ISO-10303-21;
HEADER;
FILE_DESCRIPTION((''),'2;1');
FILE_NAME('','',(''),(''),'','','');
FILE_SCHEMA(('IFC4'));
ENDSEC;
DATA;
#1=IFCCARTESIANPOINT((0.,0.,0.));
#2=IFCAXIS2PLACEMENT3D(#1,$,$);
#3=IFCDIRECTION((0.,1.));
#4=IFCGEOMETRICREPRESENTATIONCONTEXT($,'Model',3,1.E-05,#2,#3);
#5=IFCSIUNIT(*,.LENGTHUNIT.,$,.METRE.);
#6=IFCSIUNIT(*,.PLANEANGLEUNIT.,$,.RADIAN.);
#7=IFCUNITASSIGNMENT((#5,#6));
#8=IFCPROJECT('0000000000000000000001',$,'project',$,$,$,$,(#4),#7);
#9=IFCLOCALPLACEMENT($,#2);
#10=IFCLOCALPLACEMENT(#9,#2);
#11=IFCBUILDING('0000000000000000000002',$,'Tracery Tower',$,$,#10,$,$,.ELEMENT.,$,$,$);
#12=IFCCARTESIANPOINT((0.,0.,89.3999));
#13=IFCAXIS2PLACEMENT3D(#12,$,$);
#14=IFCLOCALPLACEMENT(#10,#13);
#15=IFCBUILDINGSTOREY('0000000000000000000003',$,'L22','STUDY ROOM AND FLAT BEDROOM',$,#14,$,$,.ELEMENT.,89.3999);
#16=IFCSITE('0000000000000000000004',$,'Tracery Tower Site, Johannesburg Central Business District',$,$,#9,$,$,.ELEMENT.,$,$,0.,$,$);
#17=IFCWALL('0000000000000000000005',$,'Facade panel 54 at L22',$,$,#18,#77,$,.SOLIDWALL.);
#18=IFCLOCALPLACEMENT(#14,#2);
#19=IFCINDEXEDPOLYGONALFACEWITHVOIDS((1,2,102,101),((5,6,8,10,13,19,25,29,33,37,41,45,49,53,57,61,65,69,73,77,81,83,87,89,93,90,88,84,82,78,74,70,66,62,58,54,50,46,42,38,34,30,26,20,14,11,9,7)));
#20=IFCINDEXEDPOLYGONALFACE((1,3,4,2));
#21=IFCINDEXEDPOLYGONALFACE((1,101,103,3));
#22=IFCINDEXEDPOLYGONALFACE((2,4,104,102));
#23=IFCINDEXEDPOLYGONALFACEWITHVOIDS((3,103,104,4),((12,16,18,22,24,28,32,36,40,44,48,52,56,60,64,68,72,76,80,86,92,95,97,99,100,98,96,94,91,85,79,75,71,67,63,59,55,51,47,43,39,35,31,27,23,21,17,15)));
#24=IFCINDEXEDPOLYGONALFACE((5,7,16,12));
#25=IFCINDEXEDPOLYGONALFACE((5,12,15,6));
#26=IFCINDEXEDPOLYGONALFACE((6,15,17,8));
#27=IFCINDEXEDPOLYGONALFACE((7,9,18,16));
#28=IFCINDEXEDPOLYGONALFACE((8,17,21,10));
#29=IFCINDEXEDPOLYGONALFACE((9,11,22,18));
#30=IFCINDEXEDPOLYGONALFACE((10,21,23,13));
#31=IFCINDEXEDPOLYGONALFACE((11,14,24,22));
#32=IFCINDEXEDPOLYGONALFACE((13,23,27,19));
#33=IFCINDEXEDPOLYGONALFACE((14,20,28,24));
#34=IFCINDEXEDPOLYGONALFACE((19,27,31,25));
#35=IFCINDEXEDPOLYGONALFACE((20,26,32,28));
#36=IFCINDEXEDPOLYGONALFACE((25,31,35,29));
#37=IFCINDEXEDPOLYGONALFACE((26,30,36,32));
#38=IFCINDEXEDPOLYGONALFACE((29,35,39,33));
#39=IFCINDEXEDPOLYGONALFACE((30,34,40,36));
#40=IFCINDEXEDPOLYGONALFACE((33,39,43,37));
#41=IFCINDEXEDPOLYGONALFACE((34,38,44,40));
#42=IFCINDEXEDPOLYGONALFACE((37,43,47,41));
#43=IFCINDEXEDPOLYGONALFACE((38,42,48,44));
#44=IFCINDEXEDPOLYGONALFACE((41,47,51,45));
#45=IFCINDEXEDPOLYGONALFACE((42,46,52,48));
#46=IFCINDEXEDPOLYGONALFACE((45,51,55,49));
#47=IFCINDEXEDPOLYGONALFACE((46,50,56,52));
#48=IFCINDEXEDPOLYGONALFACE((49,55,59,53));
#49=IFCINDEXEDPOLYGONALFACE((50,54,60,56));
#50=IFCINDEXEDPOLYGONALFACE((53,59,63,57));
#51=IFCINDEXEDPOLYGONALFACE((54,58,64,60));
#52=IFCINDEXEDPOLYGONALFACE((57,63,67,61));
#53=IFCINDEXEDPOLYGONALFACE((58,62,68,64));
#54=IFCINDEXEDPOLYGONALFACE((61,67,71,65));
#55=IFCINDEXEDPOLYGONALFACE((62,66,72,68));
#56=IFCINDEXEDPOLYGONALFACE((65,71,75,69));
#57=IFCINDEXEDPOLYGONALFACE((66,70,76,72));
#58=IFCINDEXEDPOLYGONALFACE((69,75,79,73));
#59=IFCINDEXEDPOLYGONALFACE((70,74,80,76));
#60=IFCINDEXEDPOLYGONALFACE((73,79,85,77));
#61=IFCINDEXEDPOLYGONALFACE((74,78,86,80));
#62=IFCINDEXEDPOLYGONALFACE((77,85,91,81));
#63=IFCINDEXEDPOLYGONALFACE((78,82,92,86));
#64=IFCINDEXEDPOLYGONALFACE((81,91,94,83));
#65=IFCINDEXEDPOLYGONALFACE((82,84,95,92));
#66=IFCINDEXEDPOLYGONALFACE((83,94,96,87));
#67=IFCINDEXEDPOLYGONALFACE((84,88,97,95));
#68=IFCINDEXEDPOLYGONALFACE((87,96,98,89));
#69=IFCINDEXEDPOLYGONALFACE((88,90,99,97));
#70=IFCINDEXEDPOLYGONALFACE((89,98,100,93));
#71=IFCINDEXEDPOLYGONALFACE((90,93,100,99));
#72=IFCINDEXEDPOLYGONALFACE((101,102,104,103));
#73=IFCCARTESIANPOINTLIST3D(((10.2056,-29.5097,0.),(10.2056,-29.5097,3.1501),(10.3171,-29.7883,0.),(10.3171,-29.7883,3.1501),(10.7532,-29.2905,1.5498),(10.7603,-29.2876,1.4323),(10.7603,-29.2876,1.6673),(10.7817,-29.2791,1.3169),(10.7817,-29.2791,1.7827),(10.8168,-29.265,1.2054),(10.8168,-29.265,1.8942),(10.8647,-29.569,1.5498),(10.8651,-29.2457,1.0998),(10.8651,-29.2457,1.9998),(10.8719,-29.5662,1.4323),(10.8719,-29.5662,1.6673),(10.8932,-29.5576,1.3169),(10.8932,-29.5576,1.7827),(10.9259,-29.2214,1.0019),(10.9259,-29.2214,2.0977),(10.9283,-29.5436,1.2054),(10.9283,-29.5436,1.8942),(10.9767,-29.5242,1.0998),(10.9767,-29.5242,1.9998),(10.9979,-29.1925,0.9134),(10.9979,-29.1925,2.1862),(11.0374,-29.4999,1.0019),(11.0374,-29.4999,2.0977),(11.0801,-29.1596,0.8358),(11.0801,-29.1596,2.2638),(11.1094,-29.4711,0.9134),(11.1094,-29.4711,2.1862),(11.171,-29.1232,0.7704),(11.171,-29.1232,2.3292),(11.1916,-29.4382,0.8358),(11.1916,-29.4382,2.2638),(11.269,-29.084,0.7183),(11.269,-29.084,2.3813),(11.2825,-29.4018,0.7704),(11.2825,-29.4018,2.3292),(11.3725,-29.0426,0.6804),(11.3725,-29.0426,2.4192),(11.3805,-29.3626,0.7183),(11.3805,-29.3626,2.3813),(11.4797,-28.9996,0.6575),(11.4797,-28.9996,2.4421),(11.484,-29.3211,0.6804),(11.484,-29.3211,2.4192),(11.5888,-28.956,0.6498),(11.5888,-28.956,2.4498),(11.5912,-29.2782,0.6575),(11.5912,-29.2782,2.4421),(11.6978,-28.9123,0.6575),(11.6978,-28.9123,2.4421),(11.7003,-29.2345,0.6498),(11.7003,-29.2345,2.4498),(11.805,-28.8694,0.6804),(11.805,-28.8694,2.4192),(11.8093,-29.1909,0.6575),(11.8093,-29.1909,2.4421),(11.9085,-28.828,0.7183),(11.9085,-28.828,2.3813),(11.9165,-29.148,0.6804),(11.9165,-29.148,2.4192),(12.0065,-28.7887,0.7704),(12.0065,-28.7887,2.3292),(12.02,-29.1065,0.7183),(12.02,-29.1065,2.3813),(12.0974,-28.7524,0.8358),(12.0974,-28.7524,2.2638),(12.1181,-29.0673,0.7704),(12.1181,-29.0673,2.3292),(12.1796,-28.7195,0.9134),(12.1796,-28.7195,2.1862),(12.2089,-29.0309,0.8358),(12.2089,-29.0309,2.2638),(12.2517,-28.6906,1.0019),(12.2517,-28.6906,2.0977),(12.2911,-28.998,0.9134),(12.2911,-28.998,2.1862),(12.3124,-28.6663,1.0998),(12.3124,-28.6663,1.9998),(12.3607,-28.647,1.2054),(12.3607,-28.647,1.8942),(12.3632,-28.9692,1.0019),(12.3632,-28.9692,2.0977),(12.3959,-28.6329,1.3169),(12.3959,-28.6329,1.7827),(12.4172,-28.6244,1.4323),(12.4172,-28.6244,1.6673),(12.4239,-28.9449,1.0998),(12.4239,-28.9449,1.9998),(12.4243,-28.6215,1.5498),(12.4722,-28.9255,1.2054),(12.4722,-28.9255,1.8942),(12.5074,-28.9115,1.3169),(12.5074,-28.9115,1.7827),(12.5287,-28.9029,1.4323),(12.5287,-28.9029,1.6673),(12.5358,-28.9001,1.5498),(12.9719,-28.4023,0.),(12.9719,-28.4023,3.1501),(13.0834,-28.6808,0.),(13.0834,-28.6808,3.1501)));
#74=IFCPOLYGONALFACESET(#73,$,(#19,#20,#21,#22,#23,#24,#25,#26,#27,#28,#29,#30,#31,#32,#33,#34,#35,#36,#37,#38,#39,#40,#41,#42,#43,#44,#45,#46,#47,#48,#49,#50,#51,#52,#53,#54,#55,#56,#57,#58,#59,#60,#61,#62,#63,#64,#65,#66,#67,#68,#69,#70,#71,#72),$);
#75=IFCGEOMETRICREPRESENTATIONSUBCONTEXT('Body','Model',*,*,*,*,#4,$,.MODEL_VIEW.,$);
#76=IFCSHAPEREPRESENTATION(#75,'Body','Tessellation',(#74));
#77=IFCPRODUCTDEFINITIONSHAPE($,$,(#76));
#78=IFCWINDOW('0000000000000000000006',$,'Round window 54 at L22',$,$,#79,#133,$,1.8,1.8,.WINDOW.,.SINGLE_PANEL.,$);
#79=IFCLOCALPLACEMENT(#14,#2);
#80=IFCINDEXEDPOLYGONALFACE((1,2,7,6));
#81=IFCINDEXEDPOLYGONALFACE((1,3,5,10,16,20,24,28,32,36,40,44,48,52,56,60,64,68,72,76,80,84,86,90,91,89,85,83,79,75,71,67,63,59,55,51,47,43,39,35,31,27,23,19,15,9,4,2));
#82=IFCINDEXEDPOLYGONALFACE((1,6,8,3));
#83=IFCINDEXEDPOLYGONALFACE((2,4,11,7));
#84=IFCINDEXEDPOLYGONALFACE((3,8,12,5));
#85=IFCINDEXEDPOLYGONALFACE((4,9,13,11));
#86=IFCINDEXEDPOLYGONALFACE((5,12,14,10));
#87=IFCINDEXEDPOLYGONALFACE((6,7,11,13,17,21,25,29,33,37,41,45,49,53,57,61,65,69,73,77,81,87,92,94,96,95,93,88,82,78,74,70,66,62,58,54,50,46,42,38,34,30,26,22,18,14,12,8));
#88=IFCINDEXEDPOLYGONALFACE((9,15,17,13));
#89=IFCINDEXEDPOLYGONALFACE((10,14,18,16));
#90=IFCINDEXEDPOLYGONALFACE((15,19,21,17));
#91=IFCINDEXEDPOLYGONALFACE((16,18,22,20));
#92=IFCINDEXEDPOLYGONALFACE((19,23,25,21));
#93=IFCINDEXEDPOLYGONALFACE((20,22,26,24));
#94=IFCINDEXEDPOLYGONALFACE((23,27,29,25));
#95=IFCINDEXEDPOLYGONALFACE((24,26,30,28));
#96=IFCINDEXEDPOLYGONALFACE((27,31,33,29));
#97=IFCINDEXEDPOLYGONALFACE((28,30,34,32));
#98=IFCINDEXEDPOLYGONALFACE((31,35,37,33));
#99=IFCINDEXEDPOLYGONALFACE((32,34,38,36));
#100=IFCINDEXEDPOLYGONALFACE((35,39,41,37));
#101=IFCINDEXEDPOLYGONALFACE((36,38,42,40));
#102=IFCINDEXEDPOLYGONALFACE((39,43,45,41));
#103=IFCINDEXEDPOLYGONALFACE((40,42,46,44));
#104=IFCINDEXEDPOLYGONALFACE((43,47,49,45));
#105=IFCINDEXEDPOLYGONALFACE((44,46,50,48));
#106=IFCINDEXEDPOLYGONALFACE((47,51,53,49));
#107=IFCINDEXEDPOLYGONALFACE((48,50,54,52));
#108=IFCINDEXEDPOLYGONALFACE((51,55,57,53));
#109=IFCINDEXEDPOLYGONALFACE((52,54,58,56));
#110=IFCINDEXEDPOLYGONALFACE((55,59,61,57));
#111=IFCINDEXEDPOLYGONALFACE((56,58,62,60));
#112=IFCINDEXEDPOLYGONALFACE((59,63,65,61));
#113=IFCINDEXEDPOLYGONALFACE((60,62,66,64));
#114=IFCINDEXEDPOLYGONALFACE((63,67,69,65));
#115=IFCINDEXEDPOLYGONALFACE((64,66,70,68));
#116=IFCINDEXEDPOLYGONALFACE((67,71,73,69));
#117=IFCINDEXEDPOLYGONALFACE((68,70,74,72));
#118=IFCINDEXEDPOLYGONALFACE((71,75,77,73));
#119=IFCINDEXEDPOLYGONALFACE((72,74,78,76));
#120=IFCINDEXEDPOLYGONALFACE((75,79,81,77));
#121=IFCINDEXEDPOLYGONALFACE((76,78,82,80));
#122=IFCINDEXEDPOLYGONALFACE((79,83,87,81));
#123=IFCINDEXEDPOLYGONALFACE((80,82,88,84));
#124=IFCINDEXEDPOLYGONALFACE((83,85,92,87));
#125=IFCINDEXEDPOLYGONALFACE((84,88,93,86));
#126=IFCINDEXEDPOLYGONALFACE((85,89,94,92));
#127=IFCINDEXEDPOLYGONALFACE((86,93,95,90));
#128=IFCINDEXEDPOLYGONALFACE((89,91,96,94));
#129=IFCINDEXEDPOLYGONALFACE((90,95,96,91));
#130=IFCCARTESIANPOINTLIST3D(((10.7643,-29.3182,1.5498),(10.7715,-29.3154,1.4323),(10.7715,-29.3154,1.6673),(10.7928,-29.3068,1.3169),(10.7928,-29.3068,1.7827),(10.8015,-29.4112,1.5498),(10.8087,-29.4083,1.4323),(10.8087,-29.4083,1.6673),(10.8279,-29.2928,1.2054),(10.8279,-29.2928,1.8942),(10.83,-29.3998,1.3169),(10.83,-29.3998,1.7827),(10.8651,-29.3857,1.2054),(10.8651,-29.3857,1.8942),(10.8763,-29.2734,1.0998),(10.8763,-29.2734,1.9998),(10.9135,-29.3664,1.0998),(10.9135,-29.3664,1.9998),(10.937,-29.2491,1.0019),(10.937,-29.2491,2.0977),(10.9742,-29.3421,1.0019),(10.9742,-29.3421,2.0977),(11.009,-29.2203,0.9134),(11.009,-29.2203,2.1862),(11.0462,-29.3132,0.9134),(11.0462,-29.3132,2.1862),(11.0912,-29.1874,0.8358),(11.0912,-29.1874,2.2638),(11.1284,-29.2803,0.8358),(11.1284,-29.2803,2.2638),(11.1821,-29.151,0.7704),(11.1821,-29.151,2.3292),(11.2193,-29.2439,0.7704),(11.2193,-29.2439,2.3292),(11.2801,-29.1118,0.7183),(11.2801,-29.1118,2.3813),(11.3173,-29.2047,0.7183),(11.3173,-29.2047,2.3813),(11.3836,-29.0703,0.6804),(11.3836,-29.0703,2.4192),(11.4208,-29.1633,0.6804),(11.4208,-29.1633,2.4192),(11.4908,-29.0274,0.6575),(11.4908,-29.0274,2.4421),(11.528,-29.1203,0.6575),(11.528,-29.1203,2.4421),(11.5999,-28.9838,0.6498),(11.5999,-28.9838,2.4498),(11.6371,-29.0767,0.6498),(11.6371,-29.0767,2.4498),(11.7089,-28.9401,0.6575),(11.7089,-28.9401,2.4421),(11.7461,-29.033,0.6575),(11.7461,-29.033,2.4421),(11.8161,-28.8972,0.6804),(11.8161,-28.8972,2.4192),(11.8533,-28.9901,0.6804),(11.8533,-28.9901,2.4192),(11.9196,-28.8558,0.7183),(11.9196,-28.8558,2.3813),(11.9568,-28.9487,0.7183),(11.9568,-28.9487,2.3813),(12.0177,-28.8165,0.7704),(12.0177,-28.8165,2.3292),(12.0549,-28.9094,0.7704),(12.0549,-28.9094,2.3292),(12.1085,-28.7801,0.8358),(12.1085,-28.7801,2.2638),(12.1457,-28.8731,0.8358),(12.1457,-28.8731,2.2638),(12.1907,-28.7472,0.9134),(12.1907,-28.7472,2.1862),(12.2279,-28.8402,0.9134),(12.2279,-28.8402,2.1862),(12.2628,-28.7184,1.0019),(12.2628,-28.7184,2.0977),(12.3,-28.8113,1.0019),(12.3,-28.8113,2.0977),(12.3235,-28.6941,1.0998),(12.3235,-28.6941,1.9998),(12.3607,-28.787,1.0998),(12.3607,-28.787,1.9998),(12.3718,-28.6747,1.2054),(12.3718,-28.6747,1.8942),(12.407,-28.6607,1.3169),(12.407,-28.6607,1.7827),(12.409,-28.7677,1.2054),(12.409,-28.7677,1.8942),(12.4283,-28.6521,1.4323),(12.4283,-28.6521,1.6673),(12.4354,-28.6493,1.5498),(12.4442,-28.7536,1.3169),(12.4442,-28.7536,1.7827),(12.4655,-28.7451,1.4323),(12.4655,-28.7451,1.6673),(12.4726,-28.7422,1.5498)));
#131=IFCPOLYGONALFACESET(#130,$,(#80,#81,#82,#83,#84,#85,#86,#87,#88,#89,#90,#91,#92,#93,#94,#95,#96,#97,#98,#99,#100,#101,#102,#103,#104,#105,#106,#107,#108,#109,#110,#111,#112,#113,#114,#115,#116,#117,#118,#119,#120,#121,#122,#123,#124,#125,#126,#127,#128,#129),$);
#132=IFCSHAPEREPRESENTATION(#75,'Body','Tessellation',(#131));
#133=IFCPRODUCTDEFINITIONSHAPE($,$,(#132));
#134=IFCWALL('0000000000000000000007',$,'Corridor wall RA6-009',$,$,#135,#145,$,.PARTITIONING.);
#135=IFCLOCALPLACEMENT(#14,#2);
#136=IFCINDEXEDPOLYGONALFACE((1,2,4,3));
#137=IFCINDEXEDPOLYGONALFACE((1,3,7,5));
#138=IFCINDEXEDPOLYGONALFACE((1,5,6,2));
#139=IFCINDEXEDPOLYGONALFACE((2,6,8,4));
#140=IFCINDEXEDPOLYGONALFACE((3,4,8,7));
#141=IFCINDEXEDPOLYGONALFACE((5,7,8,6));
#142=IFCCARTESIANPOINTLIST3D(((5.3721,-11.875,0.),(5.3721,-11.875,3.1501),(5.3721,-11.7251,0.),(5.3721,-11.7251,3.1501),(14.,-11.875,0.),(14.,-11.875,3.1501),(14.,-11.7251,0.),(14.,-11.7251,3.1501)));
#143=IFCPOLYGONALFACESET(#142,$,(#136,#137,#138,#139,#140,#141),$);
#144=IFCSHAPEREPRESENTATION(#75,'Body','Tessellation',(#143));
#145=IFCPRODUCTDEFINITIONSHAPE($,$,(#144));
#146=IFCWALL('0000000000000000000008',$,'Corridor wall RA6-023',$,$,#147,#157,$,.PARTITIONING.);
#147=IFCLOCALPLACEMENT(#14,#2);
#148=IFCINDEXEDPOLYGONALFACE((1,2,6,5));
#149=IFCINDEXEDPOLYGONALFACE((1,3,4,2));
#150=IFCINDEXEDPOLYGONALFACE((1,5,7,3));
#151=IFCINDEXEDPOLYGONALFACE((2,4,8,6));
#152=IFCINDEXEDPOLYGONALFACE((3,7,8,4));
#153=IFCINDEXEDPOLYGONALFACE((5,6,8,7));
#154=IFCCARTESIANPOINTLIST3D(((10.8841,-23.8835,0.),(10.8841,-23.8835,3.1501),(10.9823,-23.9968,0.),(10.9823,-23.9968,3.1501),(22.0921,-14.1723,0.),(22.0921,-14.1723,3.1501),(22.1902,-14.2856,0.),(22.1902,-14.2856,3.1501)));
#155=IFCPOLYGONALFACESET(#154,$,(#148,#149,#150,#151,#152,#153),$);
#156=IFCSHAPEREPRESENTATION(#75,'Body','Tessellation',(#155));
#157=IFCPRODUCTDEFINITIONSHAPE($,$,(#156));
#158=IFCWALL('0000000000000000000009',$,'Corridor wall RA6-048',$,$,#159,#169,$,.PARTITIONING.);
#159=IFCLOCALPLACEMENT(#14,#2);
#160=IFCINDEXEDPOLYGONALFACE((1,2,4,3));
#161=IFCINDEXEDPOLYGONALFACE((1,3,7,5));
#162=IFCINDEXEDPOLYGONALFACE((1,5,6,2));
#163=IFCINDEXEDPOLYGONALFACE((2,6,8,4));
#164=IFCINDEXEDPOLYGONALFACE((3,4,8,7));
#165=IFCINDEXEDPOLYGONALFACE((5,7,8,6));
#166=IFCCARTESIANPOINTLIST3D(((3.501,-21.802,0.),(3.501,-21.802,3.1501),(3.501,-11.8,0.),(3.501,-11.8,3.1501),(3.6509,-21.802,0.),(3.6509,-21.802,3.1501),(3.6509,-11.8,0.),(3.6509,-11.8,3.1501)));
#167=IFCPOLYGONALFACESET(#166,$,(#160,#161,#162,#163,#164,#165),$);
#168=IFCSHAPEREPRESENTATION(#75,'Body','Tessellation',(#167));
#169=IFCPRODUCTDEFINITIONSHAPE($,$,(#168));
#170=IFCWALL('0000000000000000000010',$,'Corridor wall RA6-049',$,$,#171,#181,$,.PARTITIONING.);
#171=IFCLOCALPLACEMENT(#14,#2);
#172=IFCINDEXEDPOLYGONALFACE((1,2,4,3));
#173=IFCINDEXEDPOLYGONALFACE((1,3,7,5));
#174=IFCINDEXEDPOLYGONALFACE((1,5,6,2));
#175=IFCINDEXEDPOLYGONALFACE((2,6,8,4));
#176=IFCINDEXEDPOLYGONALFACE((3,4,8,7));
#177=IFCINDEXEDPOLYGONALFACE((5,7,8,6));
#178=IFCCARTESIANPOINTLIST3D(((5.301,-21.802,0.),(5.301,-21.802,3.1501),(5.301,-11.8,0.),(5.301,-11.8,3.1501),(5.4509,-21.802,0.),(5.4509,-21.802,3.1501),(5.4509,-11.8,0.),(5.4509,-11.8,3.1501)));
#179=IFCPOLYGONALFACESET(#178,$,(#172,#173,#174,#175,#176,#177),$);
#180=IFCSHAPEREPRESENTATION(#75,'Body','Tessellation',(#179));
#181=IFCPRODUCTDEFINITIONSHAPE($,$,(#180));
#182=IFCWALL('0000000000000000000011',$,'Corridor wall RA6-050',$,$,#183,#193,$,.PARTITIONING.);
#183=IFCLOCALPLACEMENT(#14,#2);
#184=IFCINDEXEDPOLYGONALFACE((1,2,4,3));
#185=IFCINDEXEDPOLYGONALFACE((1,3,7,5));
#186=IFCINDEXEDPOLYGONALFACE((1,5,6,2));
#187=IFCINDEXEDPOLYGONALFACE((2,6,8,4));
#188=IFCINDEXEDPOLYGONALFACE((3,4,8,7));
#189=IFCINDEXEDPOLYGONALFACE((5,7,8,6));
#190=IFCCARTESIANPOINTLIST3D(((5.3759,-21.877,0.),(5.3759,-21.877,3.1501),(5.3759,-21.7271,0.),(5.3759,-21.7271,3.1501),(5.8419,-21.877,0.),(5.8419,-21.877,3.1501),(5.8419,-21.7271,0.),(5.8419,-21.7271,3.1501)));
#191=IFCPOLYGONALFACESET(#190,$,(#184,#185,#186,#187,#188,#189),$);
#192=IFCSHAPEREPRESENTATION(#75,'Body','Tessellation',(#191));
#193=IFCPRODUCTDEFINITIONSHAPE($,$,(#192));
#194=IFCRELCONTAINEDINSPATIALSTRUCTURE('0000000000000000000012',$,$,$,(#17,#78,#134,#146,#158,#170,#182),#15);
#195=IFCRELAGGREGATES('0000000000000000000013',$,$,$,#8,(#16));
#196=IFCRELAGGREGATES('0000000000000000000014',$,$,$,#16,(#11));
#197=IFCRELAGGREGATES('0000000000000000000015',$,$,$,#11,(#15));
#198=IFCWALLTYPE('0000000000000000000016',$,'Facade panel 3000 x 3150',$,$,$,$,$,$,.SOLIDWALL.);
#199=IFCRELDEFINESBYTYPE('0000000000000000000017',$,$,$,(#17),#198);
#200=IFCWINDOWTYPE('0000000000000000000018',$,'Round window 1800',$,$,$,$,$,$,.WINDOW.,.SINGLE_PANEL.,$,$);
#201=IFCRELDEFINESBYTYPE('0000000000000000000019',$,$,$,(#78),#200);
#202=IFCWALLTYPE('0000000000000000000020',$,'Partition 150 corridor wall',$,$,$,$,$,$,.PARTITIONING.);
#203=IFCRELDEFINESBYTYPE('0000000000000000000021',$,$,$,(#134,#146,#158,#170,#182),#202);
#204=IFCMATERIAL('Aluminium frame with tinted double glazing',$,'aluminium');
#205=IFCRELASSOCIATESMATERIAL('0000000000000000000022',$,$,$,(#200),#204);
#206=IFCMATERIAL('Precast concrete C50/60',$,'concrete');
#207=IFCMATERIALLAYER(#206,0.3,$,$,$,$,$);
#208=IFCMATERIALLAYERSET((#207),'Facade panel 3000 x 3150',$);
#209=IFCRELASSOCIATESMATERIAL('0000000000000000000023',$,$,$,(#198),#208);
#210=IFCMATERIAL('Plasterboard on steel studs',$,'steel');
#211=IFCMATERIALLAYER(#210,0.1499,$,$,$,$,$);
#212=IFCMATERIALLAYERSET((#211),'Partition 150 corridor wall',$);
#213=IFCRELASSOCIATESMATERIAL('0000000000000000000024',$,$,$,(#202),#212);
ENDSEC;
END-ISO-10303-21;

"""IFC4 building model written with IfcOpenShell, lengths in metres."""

from ifc_helpers import new_model, si_unit, direction, frame, frame_2d, origin, origin_2d, place, context, subcontext, project, spatial, rectangle, circle, extrude, material, layer, layer_set, type_object, element, fill, save


model = new_model("IFC4")

# Units and contexts
model_context = context("Model", 3, precision=1e-05, world=origin(), true_north=direction((0.0, 1.0)))
body_context = subcontext(model_context, "Body", "Model", "MODEL_VIEW")
ifc_project = project(units=[si_unit("LENGTHUNIT", "METRE"), si_unit("PLANEANGLEUNIT", "RADIAN")], contexts=[model_context])

# Site, building, storey
site_placement = place(None, origin())
site = spatial("IfcSite", under=ifc_project, at=site_placement, Name="Tracery Tower Site, Johannesburg Central Business District", CompositionType="ELEMENT", RefElevation=0.0)
building_placement = place(site_placement, origin())
building = spatial("IfcBuilding", under=site, at=building_placement, Name="Tracery Tower", CompositionType="ELEMENT")
storey_placement = place(building_placement, frame((0.0, 0.0, 89.3999)))
storey = spatial("IfcBuildingStorey", under=building, at=storey_placement, Name="L22", Description="STUDY ROOM AND FLAT BEDROOM", CompositionType="ELEMENT", Elevation=89.3999)

# Wall, opening, window
ifc_material_1 = material(Name="Aluminium frame with tinted double glazing", Category="aluminium")
window_type = type_object("IfcWindowType", Name="Round window 1800", PartitioningType="SINGLE_PANEL", PredefinedType="WINDOW", material=ifc_material_1)
ifc_material_2 = material(Name="Precast concrete C50/60", Category="concrete")
ifc_layer_1 = layer(ifc_material_2, 0.3)
ifc_layer_set_1 = layer_set([ifc_layer_1], Name="Facade panel 3000 x 3150")
wall_type_1 = type_object("IfcWallType", Name="Facade panel 3000 x 3150", PredefinedType="SOLIDWALL", material=ifc_layer_set_1)
wall_1_placement = place(storey_placement, frame((10.2615, -29.6489, 0.0), z_axis=(0.0, 0.0, 1.0), x_axis=(0.928375, 0.371645, 0.0)))
wall_1 = element("IfcWall", 1, at=wall_1_placement, inside=storey, type_object=wall_type_1, Name="Facade panel 54 at L22", PredefinedType="SOLIDWALL", context=body_context, shape_type="SweptSolid", body=[
    extrude(rectangle(XDim=2.9797, YDim=0.3, at=frame_2d((1.4897, 0.0))), origin(), (0.0, 0.0, 1.0), 3.1501),
])
opening_1_placement = place(wall_1_placement, frame((1.4897, 0.0, 1.5498)))
opening_1 = element("IfcOpeningElement", 2, at=opening_1_placement, cuts=wall_1, PredefinedType="OPENING", context=body_context, shape_type="SweptSolid", body=[
    extrude(circle(Radius=0.9, at=origin_2d()), frame((0.0, 0.1599, 0.0), z_axis=(0.0, -1.0, 0.0), x_axis=(1.0, 0.0, 0.0)), (0.0, 0.0, 1.0), 0.3201),
])
window_1_placement = place(opening_1_placement, origin())
window_1 = element("IfcWindow", 3, at=window_1_placement, inside=storey, type_object=window_type, Name="Round window 54 at L22", OverallHeight=1.8, OverallWidth=1.8, PartitioningType="SINGLE_PANEL", PredefinedType="WINDOW", context=body_context, shape_type="SweptSolid", body=[
    extrude(circle(Radius=0.9, at=origin_2d()), frame((0.0, 0.1201, 0.0), z_axis=(0.0, -1.0, 0.0), x_axis=(1.0, 0.0, 0.0)), (0.0, 0.0, 1.0), 0.1001),
])
fill(opening_1, window_1)

# Walls
ifc_material_3 = material(Name="Plasterboard on steel studs", Category="steel")
ifc_layer_2 = layer(ifc_material_3, 0.1499)
ifc_layer_set_2 = layer_set([ifc_layer_2], Name="Partition 150 corridor wall")
wall_type_2 = type_object("IfcWallType", Name="Partition 150 corridor wall", PredefinedType="PARTITIONING", material=ifc_layer_set_2)
wall_2_placement = place(storey_placement, frame((5.3721, -11.8, 0.0), z_axis=(0.0, 0.0, 1.0), x_axis=(1.0, 0.0, 0.0)))
element("IfcWall", 4, at=wall_2_placement, inside=storey, type_object=wall_type_2, Name="Corridor wall RA6-009", PredefinedType="PARTITIONING", context=body_context, shape_type="SweptSolid", body=[
    extrude(rectangle(XDim=8.6279, YDim=0.1499, at=frame_2d((4.314, 0.0))), origin(), (0.0, 0.0, 1.0), 3.1501),
])
wall_3_placement = place(storey_placement, frame((10.9331, -23.9402, 0.0), z_axis=(0.0, 0.0, 1.0), x_axis=(0.75577, 0.654837, 0.0)))
element("IfcWall", 5, at=wall_3_placement, inside=storey, type_object=wall_type_2, Name="Corridor wall RA6-023", PredefinedType="PARTITIONING", context=body_context, shape_type="SweptSolid", body=[
    extrude(rectangle(XDim=14.8298, YDim=0.1499, at=frame_2d((7.415, 0.0))), origin(), (0.0, 0.0, 1.0), 3.1501),
])
for number, where, z_axis, x_axis, name in (
    (6, (3.5759, -21.802, 0.0), (0.0, 0.0, 1.0), (0.0, 1.0, 0.0), "Corridor wall RA6-048"),
    (7, (5.376, -21.802, 0.0), (0.0, 0.0, 1.0), (0.0, 1.0, 0.0), "Corridor wall RA6-049"),
):
    element("IfcWall", number, at=place(storey_placement, frame(where, z_axis=z_axis, x_axis=x_axis)), inside=storey, type_object=wall_type_2, Name=name, PredefinedType="PARTITIONING", context=body_context, shape_type="SweptSolid", body=[
        extrude(rectangle(XDim=10.002, YDim=0.1499, at=frame_2d((5.001, 0.0))), origin(), (0.0, 0.0, 1.0), 3.1501),
    ])
wall_4_placement = place(storey_placement, frame((5.376, -21.802, 0.0), z_axis=(0.0, 0.0, 1.0), x_axis=(1.0, 0.0, 0.0)))
element("IfcWall", 8, at=wall_4_placement, inside=storey, type_object=wall_type_2, Name="Corridor wall RA6-050", PredefinedType="PARTITIONING", context=body_context, shape_type="SweptSolid", body=[
    extrude(rectangle(XDim=0.4661, YDim=0.1499, at=frame_2d((0.2329, 0.0))), origin(), (0.0, 0.0, 1.0), 3.1501),
])

save(model, "model.ifc")
